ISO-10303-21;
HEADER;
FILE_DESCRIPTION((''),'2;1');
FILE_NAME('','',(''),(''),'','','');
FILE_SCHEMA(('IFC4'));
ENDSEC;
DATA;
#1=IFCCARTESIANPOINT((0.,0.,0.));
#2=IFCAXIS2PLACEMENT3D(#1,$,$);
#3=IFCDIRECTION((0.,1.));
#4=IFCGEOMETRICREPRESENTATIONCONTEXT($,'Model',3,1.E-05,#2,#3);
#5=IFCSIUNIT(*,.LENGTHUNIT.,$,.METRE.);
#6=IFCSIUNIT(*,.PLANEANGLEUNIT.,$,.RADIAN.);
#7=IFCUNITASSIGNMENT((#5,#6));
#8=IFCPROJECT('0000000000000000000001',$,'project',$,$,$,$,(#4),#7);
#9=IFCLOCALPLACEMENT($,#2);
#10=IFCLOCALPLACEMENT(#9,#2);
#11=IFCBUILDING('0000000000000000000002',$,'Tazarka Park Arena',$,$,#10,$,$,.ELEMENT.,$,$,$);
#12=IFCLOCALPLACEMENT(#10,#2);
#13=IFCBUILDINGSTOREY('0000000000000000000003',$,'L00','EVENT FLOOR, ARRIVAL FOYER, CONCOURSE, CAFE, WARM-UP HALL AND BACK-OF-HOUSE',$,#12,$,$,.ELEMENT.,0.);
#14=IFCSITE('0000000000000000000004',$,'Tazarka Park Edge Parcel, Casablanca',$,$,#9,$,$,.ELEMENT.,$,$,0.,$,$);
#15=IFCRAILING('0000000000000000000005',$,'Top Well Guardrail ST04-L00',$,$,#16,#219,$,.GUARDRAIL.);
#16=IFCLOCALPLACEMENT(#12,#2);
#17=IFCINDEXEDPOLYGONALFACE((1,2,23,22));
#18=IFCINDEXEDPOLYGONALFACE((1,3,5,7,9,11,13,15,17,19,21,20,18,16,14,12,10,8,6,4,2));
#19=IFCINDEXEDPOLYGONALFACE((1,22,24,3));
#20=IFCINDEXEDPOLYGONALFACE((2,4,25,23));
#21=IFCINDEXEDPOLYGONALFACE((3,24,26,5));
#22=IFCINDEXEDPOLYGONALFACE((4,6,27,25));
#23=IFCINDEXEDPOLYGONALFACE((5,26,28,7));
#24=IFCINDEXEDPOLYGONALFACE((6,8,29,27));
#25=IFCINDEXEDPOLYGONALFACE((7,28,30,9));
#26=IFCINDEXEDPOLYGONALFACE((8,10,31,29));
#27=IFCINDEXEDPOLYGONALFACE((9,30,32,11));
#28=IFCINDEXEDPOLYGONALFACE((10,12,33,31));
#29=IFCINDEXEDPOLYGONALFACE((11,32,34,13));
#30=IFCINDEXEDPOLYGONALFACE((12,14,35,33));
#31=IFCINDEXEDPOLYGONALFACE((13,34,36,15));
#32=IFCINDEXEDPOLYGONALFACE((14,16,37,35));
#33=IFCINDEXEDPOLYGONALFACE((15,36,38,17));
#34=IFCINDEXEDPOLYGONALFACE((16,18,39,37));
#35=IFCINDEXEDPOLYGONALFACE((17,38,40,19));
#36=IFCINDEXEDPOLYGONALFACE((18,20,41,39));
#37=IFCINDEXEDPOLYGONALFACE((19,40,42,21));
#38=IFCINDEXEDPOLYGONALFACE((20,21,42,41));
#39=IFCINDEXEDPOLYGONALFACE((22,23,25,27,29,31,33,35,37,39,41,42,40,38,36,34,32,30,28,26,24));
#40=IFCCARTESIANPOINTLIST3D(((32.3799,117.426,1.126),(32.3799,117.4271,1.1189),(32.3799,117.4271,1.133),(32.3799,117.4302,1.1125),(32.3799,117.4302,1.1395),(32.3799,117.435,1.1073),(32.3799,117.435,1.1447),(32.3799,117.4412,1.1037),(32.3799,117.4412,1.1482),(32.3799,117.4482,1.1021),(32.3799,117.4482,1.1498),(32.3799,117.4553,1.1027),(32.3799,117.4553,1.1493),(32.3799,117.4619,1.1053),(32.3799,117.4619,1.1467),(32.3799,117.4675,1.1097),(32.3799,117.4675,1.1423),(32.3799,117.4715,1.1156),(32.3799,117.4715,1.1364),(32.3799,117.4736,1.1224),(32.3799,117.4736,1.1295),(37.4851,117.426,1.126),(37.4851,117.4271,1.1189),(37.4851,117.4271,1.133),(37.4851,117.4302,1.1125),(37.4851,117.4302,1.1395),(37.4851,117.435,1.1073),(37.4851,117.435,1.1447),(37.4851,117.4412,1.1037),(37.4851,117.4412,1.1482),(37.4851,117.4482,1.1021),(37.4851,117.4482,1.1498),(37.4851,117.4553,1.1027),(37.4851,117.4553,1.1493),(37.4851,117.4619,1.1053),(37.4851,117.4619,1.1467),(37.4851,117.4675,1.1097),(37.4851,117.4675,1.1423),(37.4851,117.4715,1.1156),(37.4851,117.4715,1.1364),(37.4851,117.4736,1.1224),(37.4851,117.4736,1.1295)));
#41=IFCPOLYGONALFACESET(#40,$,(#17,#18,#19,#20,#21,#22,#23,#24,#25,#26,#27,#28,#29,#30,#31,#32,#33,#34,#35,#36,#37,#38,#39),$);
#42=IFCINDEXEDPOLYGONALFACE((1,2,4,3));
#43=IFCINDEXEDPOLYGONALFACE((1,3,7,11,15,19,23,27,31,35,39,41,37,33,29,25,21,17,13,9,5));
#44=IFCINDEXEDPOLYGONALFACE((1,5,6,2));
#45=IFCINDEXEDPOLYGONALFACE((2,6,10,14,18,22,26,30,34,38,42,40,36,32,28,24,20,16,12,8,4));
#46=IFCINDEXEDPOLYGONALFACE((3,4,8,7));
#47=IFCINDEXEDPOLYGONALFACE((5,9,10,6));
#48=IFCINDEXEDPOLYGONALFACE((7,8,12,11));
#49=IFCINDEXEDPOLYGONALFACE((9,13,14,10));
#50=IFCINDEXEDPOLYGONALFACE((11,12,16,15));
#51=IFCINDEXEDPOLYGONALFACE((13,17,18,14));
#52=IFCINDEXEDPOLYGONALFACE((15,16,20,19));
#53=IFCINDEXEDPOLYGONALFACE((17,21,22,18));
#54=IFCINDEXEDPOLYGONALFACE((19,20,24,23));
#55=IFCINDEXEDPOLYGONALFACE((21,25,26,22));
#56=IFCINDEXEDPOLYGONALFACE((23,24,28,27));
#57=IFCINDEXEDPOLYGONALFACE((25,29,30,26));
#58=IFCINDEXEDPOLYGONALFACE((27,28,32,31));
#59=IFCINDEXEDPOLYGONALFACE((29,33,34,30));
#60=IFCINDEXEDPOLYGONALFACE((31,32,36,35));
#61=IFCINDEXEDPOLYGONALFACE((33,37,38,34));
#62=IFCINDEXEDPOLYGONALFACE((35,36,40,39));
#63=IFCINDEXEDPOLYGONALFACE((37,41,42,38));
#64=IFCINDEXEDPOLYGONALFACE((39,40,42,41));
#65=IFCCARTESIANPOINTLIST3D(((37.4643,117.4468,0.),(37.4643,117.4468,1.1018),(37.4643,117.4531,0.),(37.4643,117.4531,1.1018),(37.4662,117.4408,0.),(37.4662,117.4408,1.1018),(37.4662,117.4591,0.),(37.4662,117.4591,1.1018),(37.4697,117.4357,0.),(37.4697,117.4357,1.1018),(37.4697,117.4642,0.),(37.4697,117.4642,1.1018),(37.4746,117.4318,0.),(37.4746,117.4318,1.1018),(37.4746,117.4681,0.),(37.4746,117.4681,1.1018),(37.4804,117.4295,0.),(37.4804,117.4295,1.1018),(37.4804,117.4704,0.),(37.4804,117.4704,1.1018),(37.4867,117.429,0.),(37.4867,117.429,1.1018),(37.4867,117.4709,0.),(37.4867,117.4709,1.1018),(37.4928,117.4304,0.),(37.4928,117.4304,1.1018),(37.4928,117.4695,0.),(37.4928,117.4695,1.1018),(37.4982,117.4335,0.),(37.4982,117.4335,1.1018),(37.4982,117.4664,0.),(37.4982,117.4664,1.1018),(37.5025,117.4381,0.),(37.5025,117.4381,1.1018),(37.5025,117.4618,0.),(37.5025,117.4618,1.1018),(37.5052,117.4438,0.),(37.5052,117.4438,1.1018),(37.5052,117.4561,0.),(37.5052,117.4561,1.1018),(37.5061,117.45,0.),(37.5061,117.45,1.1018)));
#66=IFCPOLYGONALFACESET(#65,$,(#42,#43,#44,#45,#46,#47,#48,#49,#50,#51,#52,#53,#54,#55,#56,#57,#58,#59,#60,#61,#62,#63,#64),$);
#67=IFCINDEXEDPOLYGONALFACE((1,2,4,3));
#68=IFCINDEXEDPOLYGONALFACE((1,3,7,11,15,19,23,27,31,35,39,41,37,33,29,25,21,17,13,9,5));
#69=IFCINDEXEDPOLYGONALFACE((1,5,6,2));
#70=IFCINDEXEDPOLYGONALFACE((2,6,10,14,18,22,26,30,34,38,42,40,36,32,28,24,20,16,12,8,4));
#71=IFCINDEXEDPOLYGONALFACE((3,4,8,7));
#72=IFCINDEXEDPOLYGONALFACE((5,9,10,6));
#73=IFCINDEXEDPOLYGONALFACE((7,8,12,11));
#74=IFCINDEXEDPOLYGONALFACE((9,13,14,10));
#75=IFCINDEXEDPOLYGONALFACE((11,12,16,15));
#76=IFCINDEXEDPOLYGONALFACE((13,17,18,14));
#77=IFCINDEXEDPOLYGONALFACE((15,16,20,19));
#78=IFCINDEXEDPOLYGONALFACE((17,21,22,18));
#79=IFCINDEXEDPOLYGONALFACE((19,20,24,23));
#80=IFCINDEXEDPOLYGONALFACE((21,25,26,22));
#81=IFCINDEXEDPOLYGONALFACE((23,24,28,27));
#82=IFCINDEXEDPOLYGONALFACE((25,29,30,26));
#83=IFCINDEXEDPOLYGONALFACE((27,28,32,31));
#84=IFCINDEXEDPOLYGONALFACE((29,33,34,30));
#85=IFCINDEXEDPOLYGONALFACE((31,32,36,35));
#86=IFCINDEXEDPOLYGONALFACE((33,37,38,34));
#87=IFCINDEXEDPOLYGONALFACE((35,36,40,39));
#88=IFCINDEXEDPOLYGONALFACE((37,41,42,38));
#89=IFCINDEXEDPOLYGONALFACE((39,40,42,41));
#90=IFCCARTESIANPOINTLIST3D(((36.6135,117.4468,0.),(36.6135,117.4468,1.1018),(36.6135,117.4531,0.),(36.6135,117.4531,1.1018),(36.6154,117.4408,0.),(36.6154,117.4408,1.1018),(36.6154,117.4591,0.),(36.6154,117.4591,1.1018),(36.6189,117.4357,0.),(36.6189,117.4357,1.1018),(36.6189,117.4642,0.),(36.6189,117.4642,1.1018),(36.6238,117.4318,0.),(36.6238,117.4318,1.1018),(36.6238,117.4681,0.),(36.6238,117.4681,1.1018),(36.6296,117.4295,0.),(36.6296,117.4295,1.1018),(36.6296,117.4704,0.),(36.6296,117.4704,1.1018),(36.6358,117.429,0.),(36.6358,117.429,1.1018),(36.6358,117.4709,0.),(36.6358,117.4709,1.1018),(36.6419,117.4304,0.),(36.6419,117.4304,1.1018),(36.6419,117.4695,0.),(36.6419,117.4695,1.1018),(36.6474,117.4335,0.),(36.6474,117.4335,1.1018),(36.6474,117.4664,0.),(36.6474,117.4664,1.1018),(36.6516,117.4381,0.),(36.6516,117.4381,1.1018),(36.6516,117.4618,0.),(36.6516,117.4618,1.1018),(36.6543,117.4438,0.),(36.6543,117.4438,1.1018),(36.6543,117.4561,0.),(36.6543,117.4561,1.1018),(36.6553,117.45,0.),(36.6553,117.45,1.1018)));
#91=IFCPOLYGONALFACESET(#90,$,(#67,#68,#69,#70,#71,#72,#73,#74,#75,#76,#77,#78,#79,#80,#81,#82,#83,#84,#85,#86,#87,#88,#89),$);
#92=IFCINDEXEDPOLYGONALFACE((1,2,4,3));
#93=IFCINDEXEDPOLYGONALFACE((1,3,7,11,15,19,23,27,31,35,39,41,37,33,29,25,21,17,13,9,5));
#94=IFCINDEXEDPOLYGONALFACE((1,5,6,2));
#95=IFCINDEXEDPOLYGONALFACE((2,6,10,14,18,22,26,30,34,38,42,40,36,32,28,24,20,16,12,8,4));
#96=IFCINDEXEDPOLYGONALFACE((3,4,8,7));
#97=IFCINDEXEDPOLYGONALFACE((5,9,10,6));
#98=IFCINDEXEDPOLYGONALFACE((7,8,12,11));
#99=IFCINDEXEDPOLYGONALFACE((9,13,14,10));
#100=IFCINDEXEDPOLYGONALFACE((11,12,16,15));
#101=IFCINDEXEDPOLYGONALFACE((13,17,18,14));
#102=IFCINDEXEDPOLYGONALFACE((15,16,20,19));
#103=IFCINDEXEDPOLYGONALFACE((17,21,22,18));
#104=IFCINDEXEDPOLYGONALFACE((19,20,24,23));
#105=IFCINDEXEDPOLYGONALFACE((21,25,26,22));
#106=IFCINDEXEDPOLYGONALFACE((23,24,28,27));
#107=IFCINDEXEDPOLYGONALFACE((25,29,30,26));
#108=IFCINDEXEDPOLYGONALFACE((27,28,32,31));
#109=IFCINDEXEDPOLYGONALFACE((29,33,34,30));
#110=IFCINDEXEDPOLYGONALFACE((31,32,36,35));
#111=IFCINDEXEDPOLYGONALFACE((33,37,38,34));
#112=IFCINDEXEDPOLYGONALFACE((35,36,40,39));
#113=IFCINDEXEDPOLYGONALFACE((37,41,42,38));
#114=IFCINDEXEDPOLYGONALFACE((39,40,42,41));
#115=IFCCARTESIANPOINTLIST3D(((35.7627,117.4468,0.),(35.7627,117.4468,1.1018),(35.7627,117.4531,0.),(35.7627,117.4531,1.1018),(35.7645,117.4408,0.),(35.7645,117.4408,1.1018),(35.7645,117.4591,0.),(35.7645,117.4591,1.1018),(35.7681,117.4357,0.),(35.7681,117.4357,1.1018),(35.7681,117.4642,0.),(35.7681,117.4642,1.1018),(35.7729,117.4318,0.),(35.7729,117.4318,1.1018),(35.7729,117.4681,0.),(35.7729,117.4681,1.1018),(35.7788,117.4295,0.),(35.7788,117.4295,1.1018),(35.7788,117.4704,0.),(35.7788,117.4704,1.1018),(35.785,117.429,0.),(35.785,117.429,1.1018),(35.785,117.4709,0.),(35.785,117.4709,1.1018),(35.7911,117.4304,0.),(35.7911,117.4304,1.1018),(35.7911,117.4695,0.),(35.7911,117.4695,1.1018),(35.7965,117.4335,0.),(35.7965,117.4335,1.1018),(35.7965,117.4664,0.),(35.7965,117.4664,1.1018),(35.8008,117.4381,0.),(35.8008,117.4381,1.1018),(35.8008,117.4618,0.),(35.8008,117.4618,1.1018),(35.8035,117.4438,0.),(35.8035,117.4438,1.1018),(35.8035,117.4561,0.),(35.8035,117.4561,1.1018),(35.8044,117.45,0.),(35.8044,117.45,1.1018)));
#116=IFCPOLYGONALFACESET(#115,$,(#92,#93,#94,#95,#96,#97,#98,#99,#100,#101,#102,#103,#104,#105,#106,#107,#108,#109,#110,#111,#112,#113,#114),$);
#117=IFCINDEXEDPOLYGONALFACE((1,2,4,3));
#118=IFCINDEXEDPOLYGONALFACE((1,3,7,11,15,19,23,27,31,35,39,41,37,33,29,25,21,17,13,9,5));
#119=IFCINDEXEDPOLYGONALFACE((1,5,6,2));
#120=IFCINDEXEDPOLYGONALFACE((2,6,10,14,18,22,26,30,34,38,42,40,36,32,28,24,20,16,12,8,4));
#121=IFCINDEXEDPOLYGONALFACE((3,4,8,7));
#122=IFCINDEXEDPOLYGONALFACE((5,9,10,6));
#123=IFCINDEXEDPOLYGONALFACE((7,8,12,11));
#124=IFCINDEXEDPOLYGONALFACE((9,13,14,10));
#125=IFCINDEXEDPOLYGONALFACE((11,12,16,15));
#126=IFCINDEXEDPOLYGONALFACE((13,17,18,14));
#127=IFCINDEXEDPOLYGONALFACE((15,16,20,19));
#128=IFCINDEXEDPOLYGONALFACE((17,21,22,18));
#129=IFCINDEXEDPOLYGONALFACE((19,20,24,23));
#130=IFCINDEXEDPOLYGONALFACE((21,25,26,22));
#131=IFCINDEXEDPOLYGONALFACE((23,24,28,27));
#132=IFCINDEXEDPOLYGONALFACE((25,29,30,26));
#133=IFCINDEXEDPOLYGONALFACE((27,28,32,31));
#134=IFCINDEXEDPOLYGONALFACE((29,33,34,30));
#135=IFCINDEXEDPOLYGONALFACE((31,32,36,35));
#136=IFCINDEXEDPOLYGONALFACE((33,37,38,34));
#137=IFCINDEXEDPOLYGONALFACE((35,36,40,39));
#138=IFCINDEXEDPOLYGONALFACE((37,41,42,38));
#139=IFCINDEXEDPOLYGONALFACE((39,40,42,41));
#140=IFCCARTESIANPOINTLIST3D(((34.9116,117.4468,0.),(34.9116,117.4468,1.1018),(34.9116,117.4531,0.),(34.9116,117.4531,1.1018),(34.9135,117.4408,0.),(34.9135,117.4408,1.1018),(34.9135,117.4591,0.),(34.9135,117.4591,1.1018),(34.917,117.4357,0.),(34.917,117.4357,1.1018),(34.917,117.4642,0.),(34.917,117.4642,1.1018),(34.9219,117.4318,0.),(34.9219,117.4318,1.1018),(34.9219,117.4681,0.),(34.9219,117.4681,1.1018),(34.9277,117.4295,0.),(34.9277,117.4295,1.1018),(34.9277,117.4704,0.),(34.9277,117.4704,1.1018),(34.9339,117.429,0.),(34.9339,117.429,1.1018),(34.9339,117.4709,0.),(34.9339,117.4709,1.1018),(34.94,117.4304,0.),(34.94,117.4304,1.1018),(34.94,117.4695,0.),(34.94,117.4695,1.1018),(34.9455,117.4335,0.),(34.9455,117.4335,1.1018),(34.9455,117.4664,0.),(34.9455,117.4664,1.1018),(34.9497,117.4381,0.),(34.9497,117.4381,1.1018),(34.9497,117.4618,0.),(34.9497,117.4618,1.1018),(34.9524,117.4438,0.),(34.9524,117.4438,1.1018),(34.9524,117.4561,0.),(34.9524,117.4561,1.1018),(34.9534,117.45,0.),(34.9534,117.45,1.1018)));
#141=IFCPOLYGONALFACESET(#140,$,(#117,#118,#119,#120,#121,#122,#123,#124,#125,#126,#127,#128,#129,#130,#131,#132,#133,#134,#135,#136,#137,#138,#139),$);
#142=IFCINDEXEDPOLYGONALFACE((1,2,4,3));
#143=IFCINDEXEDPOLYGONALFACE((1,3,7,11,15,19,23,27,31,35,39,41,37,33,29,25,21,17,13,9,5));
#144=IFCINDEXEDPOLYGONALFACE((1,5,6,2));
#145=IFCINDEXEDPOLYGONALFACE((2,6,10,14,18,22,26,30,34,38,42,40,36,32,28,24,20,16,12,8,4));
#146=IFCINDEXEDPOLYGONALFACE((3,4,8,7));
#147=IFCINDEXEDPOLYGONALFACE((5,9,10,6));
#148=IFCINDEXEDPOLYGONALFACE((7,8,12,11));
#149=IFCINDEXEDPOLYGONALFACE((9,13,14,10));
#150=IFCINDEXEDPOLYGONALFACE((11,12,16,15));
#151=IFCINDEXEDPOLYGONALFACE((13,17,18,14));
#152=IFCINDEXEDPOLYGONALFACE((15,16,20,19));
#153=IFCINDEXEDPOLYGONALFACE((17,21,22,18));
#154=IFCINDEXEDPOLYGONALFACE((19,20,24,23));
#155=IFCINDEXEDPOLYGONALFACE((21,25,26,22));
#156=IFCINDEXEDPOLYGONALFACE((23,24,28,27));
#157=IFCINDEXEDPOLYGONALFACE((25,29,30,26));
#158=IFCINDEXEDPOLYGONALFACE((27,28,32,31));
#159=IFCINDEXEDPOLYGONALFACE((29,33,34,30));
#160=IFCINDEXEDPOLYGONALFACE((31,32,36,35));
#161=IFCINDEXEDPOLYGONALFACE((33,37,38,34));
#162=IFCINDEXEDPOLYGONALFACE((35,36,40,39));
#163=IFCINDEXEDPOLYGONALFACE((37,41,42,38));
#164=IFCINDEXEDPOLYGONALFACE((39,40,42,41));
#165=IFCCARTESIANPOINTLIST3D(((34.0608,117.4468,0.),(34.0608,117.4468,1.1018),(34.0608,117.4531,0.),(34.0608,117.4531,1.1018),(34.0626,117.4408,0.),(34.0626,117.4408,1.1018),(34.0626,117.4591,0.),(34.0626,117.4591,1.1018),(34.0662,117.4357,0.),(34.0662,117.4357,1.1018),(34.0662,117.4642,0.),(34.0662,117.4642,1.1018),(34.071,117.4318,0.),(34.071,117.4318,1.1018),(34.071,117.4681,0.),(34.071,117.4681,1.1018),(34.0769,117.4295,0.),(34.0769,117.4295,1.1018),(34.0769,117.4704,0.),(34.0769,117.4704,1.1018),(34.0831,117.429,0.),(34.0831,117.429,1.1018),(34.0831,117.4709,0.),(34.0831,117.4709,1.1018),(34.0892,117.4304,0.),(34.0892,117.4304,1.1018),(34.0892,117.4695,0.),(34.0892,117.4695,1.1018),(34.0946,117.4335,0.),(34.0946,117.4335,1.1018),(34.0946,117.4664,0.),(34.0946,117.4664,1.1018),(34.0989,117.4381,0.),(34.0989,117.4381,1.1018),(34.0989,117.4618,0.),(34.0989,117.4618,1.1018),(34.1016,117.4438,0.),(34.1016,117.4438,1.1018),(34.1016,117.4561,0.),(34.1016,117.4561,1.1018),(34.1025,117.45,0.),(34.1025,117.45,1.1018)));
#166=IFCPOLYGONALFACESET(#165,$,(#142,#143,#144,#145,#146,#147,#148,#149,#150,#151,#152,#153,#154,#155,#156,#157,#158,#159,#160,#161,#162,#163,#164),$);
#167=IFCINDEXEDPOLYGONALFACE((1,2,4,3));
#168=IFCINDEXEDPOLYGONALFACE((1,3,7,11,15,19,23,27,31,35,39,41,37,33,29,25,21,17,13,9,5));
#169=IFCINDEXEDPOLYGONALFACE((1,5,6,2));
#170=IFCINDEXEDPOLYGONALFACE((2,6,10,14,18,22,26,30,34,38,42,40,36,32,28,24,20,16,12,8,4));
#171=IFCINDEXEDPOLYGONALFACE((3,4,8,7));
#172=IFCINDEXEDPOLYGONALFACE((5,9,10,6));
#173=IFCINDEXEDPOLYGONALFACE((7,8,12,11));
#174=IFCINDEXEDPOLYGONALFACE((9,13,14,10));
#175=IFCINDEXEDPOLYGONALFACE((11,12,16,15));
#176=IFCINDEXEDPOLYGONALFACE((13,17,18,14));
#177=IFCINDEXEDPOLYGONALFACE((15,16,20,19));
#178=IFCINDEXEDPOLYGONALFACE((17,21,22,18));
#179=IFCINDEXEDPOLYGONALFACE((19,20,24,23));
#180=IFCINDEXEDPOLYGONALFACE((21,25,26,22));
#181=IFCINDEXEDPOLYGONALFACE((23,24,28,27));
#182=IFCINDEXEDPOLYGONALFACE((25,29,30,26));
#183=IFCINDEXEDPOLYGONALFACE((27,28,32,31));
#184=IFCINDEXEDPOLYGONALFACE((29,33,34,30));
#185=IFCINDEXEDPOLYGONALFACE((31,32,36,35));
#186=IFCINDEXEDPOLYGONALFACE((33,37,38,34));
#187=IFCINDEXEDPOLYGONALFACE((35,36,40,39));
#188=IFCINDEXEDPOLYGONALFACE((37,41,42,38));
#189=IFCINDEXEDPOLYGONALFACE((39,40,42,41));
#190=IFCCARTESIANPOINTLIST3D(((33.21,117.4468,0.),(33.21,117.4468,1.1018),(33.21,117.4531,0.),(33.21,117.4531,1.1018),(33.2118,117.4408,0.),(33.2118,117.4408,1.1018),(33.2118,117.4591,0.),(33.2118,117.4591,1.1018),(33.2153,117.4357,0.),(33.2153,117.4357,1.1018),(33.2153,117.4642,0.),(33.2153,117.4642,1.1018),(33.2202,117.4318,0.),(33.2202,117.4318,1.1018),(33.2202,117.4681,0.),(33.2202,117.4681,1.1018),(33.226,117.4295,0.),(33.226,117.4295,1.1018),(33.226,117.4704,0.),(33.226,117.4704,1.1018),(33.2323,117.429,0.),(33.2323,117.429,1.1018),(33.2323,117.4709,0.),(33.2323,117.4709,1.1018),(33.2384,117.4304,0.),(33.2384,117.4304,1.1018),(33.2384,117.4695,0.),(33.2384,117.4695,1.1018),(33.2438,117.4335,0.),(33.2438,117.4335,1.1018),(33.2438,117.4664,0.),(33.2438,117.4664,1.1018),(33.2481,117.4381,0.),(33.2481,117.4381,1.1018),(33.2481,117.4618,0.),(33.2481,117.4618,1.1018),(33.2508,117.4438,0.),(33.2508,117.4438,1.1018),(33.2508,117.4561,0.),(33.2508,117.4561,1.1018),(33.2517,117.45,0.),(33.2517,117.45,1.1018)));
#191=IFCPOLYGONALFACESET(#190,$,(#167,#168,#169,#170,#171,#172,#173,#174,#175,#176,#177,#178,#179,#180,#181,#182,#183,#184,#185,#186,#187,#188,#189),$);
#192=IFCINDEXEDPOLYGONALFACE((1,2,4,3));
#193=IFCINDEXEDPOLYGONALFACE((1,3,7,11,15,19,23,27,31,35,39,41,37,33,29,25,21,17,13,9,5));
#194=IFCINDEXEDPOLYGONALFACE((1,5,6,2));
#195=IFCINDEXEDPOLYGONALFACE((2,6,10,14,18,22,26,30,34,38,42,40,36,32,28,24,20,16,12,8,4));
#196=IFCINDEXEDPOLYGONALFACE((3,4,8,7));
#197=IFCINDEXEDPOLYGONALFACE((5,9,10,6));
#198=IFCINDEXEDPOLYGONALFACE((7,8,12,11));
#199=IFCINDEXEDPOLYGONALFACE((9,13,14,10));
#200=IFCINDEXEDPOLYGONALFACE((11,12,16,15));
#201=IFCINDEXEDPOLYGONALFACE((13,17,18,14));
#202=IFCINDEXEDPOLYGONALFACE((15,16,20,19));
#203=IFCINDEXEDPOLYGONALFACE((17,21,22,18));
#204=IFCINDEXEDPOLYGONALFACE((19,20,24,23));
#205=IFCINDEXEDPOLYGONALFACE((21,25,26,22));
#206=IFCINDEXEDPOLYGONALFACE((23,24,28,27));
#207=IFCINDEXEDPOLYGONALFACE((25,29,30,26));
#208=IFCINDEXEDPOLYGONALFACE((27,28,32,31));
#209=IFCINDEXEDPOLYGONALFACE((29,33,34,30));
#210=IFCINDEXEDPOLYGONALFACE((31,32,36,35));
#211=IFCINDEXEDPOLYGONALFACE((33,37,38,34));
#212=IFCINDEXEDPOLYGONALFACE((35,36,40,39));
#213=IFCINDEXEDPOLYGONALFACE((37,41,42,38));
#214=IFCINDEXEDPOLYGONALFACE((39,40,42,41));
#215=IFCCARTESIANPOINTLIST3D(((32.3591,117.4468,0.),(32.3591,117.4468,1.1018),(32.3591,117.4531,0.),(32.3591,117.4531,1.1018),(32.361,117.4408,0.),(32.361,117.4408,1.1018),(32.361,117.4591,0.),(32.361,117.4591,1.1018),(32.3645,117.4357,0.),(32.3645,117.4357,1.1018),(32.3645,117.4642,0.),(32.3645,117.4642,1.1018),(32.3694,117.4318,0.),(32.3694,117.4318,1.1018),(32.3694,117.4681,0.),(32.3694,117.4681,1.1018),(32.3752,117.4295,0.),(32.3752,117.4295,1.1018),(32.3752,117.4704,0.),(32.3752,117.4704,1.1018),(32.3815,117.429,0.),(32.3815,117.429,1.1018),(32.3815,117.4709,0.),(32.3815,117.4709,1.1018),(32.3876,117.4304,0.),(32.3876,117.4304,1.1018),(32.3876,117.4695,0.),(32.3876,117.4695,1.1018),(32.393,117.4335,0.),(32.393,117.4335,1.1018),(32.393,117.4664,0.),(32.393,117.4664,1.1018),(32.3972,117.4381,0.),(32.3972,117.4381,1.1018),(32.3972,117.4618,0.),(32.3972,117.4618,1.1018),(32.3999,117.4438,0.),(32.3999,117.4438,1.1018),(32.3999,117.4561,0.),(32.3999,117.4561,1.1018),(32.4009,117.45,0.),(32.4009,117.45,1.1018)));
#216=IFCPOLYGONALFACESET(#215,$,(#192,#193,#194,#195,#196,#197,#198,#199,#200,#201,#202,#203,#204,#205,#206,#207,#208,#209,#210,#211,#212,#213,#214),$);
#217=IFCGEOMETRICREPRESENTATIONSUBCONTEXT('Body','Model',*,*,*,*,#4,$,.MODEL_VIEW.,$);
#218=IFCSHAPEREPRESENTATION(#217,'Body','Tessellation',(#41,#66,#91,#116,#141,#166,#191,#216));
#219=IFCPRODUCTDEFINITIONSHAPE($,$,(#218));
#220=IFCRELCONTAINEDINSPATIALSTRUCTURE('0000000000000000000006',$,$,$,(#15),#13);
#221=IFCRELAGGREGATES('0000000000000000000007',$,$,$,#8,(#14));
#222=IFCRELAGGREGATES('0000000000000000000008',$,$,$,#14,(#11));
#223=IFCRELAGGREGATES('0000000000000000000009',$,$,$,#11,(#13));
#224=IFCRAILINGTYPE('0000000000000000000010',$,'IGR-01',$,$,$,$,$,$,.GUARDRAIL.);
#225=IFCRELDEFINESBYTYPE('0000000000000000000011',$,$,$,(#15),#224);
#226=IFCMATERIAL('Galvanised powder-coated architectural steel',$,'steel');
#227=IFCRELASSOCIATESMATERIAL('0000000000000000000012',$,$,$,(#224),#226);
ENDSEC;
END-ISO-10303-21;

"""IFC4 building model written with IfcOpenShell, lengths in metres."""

from ifc_helpers import new_model, si_unit, direction, frame, origin, origin_2d, place, context, subcontext, project, spatial, circle, extrude, material, type_object, element, save


model = new_model("IFC4")

# Units and contexts
model_context = context("Model", 3, precision=1e-05, world=origin(), true_north=direction((0.0, 1.0)))
body_context = subcontext(model_context, "Body", "Model", "MODEL_VIEW")
ifc_project = project(units=[si_unit("LENGTHUNIT", "METRE"), si_unit("PLANEANGLEUNIT", "RADIAN")], contexts=[model_context])

# Site, building, storey
site_placement = place(None, origin())
site = spatial("IfcSite", under=ifc_project, at=site_placement, Name="Tazarka Park Edge Parcel, Casablanca", CompositionType="ELEMENT", RefElevation=0.0)
building_placement = place(site_placement, origin())
building = spatial("IfcBuilding", under=site, at=building_placement, Name="Tazarka Park Arena", CompositionType="ELEMENT")
storey_placement = place(building_placement, origin())
storey = spatial("IfcBuildingStorey", under=building, at=storey_placement, Name="L00", Description="EVENT FLOOR, ARRIVAL FOYER, CONCOURSE, CAFE, WARM-UP HALL AND BACK-OF-HOUSE", CompositionType="ELEMENT", Elevation=0.0)

# Railing
ifc_material_1 = material(Name="Galvanised powder-coated architectural steel", Category="steel")
railing_type = type_object("IfcRailingType", Name="IGR-01", PredefinedType="GUARDRAIL", material=ifc_material_1)
railing_1_placement = place(storey_placement, frame((37.4851, 117.45, 0.0)))
element("IfcRailing", 1, at=railing_1_placement, inside=storey, type_object=railing_type, Name="Top Well Guardrail ST04-L00", PredefinedType="GUARDRAIL", context=body_context, shape_type="SweptSolid", body=[
    extrude(circle(Radius=0.0239, at=origin_2d()), frame((0.0, 0.0, 1.126), z_axis=(-1.0, 0.0, 0.0), x_axis=(0.0, -1.0, 0.0)), (0.0, 0.0, 1.0), 5.1052),
    extrude(circle(Radius=0.021, at=origin_2d()), origin(), (0.0, 0.0, 1.0), 1.1018),
    extrude(circle(Radius=0.021, at=origin_2d()), frame((-0.8508, 0.0, 0.0)), (0.0, 0.0, 1.0), 1.1018),
    extrude(circle(Radius=0.021, at=origin_2d()), frame((-1.7017, 0.0, 0.0)), (0.0, 0.0, 1.0), 1.1018),
    extrude(circle(Radius=0.021, at=origin_2d()), frame((-2.5527, 0.0, 0.0)), (0.0, 0.0, 1.0), 1.1018),
    extrude(circle(Radius=0.021, at=origin_2d()), frame((-3.4036, 0.0, 0.0)), (0.0, 0.0, 1.0), 1.1018),
    extrude(circle(Radius=0.021, at=origin_2d()), frame((-4.2544, 0.0, 0.0)), (0.0, 0.0, 1.0), 1.1018),
    extrude(circle(Radius=0.021, at=origin_2d()), frame((-5.1052, 0.0, 0.0)), (0.0, 0.0, 1.0), 1.1018),
])

save(model, "model.ifc")
